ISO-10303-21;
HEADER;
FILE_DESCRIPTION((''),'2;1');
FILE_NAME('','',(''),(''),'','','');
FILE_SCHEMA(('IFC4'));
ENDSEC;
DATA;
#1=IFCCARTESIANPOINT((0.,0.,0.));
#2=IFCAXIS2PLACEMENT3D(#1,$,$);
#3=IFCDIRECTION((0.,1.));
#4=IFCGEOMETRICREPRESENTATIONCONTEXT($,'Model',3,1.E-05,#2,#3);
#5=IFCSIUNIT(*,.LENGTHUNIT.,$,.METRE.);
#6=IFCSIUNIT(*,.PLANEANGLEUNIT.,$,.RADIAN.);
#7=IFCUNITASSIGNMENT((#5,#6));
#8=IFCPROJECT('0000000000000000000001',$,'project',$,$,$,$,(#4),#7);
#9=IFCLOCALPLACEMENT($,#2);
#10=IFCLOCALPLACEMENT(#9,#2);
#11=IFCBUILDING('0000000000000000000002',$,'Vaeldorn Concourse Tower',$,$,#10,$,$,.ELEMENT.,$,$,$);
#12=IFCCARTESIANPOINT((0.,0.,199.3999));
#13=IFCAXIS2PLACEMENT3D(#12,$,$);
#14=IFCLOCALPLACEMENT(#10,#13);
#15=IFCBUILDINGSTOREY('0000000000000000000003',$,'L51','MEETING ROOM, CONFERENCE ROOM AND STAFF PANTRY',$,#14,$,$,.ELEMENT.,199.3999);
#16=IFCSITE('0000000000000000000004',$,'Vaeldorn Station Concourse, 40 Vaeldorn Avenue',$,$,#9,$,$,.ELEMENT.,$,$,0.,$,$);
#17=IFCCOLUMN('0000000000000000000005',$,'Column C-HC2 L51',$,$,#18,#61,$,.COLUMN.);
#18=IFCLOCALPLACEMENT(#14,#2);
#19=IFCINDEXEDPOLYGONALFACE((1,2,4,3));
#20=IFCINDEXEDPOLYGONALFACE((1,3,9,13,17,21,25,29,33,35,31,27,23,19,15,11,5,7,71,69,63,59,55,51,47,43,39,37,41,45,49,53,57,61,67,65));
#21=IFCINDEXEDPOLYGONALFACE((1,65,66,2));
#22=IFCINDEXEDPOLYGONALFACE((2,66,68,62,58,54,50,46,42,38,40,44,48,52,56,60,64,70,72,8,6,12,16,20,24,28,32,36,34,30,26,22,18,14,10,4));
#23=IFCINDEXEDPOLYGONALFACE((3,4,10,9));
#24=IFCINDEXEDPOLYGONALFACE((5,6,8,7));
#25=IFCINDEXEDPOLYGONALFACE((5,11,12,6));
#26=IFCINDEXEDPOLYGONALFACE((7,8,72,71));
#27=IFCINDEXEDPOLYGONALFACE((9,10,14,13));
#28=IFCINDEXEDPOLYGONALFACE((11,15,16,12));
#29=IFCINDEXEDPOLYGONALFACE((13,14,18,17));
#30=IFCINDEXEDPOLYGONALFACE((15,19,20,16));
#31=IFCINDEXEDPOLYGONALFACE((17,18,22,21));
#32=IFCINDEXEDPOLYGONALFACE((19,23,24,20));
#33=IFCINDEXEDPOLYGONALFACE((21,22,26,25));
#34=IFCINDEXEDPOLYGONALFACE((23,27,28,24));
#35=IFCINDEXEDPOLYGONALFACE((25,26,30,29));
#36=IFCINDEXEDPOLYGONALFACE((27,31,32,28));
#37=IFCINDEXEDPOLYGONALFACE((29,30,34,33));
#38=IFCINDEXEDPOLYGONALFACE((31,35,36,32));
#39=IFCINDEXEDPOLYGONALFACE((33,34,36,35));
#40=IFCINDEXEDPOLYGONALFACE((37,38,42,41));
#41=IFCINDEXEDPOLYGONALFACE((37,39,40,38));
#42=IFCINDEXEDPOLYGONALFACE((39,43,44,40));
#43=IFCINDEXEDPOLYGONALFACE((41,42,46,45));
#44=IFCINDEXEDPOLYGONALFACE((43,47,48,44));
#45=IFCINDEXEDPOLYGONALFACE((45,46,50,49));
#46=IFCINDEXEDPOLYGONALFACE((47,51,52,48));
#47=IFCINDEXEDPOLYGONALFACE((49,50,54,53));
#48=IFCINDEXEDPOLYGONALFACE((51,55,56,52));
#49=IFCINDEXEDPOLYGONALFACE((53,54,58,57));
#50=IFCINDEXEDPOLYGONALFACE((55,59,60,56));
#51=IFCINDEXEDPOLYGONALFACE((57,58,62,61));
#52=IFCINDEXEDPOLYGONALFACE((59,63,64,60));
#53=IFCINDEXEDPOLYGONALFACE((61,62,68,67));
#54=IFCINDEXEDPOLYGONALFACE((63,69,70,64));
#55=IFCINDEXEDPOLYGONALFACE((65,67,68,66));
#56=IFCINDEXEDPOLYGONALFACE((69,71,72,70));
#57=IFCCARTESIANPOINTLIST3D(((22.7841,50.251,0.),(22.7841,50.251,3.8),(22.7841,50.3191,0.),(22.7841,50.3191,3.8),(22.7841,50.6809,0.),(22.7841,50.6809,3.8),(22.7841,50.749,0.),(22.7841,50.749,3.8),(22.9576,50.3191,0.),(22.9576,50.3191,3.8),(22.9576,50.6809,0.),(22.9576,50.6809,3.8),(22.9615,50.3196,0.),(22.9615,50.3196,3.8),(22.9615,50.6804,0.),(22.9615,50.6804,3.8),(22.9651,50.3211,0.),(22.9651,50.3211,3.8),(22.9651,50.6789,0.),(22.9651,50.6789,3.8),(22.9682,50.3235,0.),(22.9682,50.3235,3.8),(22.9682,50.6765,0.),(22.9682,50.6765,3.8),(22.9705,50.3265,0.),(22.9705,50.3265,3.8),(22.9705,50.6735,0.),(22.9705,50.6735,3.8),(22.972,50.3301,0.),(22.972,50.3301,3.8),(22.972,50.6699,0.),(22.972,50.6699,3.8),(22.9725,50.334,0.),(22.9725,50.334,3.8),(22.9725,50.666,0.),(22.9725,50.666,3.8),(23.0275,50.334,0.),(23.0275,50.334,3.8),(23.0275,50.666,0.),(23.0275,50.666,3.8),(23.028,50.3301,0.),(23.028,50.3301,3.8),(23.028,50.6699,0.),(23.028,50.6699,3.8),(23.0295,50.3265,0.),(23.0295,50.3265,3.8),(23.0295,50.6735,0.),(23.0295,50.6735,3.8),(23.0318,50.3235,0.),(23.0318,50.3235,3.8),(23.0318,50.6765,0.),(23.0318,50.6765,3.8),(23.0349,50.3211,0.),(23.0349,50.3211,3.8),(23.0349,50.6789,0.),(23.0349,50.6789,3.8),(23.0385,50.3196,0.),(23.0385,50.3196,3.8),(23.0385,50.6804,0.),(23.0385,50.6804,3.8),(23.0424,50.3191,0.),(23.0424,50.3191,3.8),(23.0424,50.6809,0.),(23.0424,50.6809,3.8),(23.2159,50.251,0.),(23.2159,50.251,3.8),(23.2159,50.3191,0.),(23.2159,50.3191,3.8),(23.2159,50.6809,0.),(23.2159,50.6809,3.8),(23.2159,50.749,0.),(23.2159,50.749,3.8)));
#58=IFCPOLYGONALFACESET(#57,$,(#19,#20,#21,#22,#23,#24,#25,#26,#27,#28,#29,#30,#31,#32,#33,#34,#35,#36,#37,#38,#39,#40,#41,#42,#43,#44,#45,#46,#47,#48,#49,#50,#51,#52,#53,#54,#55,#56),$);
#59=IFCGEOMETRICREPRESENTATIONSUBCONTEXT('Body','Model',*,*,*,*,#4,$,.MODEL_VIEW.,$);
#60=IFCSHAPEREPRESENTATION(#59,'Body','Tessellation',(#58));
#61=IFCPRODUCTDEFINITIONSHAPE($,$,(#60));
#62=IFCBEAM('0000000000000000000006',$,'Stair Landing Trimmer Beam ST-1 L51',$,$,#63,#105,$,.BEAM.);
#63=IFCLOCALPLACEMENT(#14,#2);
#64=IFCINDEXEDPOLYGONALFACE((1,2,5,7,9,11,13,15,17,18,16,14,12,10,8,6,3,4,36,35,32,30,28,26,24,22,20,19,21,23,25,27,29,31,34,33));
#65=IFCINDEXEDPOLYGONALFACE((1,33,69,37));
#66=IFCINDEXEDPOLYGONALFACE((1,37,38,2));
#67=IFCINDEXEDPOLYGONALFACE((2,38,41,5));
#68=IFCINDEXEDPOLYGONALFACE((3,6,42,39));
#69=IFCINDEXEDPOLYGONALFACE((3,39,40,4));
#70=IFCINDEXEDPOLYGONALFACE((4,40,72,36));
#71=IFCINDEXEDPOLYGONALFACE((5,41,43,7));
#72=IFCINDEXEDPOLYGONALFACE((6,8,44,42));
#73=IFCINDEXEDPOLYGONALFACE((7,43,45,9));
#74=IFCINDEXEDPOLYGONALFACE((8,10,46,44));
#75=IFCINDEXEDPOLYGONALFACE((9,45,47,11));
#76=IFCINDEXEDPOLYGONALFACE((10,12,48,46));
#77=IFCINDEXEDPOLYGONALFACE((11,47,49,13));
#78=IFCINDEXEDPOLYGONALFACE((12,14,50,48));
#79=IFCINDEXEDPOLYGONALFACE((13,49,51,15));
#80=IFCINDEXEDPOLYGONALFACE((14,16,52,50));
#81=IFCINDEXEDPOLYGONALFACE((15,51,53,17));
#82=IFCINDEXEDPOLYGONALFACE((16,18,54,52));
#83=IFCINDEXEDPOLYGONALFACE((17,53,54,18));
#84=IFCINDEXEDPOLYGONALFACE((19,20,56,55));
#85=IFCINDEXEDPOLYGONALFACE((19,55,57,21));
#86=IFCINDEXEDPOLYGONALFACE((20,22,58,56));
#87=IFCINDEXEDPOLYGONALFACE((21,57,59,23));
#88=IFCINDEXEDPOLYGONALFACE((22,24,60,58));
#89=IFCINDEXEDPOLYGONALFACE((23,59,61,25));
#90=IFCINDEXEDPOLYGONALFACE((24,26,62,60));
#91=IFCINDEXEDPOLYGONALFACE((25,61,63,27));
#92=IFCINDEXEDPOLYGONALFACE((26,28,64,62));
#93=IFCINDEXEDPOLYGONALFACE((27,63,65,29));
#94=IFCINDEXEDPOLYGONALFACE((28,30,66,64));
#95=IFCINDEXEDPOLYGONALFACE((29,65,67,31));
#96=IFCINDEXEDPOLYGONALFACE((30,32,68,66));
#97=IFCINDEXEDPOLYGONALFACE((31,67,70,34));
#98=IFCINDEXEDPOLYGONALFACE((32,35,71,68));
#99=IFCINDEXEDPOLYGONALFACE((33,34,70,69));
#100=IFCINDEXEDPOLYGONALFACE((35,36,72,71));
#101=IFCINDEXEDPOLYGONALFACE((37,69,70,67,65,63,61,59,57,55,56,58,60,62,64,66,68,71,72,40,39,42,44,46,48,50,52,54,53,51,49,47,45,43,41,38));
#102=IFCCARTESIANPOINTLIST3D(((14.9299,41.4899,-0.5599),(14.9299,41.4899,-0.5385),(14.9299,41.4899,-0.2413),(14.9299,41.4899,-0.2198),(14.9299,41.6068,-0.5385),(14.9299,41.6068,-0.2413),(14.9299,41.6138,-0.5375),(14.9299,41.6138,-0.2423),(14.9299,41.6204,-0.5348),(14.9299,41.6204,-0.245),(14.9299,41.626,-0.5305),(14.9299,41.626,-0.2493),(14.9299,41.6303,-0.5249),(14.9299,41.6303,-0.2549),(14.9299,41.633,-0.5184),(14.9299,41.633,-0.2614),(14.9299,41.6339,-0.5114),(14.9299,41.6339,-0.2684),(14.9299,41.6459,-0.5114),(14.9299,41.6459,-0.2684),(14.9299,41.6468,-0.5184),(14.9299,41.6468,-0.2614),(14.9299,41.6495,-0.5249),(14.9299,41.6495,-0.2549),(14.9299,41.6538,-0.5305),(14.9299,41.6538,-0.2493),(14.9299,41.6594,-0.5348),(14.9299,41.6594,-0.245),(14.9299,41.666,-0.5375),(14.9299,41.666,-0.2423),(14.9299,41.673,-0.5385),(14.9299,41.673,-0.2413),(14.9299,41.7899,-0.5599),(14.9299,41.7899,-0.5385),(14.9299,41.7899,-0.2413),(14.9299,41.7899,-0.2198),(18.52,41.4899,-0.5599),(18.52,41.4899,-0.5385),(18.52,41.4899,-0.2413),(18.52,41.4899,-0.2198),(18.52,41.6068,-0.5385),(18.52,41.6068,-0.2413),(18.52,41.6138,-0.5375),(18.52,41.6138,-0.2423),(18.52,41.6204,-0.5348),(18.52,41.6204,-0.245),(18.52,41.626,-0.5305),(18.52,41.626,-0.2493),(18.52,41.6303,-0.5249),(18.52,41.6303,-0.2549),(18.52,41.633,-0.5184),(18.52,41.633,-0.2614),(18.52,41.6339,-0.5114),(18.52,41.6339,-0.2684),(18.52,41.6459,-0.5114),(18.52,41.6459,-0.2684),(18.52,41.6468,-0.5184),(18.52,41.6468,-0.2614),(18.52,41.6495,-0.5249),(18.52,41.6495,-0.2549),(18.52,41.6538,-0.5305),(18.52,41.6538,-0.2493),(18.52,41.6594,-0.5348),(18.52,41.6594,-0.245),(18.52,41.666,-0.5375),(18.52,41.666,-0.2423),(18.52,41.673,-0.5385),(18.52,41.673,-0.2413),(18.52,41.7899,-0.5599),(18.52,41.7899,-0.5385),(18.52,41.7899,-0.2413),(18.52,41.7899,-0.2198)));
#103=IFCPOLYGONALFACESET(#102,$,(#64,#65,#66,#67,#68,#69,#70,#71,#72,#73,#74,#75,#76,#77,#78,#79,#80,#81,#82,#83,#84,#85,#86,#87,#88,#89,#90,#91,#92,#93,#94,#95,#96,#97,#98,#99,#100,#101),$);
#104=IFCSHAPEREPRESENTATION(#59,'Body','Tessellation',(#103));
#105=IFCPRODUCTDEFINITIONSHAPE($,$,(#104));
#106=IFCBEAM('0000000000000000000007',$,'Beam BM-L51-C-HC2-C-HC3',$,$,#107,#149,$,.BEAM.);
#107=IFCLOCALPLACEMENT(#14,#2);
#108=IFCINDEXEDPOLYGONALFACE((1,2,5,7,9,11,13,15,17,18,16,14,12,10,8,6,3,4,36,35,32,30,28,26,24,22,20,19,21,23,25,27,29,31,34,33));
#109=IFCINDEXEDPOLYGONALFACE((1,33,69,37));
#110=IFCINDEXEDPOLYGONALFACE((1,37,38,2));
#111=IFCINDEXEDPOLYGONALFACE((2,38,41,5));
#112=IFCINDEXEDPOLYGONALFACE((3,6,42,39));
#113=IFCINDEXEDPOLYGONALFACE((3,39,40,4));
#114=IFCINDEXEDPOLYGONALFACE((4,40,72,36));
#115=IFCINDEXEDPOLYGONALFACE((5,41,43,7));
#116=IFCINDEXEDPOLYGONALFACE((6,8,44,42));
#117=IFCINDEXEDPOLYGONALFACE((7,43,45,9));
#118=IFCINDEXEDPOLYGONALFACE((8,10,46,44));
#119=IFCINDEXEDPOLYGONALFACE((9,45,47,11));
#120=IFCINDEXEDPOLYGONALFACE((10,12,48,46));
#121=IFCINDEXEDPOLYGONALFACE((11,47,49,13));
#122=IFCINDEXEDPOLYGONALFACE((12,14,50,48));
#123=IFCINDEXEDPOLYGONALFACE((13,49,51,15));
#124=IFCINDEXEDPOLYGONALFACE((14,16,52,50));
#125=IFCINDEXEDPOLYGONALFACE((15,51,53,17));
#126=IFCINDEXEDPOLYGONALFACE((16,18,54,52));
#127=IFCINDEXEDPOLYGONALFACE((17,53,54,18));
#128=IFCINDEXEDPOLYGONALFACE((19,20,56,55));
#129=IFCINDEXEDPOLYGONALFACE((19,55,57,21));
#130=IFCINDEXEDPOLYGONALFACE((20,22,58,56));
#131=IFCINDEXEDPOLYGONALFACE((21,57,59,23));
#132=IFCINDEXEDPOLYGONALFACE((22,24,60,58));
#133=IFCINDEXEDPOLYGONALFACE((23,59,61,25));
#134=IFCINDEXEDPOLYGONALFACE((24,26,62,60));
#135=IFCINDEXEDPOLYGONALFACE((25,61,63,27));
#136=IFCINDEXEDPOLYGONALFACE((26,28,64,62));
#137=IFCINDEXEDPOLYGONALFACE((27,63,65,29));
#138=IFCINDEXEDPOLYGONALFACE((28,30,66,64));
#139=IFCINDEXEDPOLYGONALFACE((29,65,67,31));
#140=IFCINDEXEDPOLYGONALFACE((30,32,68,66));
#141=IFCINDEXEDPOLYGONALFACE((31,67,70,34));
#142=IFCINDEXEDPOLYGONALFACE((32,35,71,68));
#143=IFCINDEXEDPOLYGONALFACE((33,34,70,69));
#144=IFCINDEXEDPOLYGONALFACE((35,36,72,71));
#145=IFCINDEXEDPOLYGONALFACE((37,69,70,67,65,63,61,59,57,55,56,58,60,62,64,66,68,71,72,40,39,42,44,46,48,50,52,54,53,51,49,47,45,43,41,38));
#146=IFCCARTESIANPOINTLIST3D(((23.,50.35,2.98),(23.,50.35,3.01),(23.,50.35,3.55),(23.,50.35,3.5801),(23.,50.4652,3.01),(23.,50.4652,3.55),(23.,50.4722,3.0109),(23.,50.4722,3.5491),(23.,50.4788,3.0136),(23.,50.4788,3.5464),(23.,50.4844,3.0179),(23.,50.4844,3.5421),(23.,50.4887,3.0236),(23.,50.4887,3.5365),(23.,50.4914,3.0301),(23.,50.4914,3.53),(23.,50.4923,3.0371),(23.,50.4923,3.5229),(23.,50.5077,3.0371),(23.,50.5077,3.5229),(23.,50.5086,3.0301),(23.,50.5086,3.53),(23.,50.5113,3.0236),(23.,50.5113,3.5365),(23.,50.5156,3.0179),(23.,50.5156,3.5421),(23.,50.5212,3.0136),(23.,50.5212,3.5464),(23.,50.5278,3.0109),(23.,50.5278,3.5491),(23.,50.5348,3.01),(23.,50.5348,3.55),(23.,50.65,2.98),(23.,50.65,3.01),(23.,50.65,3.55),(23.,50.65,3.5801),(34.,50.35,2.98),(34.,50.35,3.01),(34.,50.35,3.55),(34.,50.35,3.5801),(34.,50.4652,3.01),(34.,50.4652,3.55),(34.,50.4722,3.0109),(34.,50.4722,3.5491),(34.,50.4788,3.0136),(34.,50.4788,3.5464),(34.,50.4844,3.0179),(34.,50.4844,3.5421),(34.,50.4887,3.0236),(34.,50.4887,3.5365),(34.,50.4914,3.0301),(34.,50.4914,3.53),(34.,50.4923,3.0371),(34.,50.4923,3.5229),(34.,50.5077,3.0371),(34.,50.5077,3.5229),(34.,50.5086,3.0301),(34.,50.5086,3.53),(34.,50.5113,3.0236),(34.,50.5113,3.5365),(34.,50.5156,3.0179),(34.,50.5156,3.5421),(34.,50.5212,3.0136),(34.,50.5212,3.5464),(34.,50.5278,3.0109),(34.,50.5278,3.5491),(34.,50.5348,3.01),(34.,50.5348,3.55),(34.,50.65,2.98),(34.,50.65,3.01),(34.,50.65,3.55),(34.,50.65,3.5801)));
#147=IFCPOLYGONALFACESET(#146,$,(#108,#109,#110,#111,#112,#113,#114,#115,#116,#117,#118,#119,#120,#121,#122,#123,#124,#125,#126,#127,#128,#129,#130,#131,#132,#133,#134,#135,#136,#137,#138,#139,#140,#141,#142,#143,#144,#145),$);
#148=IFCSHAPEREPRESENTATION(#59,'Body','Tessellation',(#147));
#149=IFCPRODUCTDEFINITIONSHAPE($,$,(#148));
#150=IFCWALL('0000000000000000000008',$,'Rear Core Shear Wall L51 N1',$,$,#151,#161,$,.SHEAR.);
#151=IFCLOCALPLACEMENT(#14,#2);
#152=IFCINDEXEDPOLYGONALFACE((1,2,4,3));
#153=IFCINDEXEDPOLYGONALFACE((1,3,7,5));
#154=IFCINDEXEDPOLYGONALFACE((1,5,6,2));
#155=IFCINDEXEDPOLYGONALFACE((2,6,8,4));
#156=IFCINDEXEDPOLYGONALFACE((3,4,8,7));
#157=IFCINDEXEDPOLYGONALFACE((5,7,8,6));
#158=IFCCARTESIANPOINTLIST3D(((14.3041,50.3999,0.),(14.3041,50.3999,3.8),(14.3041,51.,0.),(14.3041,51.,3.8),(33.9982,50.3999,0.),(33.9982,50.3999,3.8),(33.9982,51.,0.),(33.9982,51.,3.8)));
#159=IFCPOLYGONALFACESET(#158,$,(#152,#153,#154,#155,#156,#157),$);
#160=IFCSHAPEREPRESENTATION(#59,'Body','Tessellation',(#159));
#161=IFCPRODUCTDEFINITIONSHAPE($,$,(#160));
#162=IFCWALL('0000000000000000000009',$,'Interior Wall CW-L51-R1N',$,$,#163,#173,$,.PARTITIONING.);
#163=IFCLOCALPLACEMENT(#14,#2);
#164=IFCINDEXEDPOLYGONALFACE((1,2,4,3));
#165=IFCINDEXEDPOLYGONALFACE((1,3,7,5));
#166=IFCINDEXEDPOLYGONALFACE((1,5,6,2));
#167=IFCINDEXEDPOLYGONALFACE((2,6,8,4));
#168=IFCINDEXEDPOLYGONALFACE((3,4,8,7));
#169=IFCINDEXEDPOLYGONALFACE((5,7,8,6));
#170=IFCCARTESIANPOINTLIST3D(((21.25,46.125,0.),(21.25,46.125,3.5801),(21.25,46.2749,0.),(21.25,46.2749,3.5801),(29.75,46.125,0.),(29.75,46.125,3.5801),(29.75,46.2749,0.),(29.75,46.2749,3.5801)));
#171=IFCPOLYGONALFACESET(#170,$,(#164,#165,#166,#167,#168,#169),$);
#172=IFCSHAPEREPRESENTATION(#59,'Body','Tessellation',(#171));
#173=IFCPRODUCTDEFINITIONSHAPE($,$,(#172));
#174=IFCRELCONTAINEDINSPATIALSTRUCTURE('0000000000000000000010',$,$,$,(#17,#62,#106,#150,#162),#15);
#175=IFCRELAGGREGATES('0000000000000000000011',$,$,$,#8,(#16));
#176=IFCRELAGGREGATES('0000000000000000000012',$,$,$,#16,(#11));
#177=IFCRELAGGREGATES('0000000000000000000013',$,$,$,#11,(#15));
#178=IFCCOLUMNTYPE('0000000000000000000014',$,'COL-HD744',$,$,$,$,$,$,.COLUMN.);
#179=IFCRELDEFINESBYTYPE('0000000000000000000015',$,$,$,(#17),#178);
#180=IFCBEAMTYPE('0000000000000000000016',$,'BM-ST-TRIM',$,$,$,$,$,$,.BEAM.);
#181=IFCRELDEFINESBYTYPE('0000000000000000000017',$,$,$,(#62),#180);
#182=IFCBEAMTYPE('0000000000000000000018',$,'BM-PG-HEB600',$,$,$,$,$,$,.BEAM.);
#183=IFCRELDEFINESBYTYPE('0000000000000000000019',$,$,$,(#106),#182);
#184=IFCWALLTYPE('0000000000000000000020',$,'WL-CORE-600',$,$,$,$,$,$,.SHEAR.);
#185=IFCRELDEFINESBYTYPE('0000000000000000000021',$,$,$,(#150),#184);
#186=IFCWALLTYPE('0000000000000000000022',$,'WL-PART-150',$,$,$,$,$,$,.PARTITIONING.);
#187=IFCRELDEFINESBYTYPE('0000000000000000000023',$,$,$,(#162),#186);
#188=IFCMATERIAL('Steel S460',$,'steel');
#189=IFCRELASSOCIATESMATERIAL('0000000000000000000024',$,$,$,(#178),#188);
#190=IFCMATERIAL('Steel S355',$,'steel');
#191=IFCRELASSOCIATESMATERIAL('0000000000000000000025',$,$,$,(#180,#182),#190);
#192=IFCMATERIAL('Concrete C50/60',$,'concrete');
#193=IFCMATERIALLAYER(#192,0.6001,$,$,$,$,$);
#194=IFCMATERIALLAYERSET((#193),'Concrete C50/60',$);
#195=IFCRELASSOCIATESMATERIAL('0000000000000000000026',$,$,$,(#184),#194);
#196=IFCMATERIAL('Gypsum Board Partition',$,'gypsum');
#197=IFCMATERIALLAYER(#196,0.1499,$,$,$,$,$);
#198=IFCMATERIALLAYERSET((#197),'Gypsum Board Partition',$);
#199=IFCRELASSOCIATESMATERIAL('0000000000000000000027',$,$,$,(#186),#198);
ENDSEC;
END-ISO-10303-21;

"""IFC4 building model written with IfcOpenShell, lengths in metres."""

from ifc_helpers import new_model, si_unit, direction, frame, frame_2d, origin, origin_2d, place, context, subcontext, project, spatial, rectangle, i_section, extrude, source, transform, mapped, material, layer, layer_set, material_profile, profile_set, type_object, element, save


model = new_model("IFC4")

# Units and contexts
model_context = context("Model", 3, precision=1e-05, world=origin(), true_north=direction((0.0, 1.0)))
body_context = subcontext(model_context, "Body", "Model", "MODEL_VIEW")
ifc_project = project(units=[si_unit("LENGTHUNIT", "METRE"), si_unit("PLANEANGLEUNIT", "RADIAN")], contexts=[model_context])

# Site, building, storey
site_placement = place(None, origin())
site = spatial("IfcSite", under=ifc_project, at=site_placement, Name="Vaeldorn Station Concourse, 40 Vaeldorn Avenue", CompositionType="ELEMENT", RefElevation=0.0)
building_placement = place(site_placement, origin())
building = spatial("IfcBuilding", under=site, at=building_placement, Name="Vaeldorn Concourse Tower", CompositionType="ELEMENT")
storey_placement = place(building_placement, frame((0.0, 0.0, 199.3999)))
storey = spatial("IfcBuildingStorey", under=building, at=storey_placement, Name="L51", Description="MEETING ROOM, CONFERENCE ROOM AND STAFF PANTRY", CompositionType="ELEMENT", Elevation=199.3999)

# Column
ifc_material_1 = material(Name="Steel S460", Category="steel")
ifc_material_profile_1 = material_profile(ifc_material_1, i_section(OverallWidth=0.4319, OverallDepth=0.498, WebThickness=0.0549, FlangeThickness=0.0681, FilletRadius=0.0149, at=origin_2d()), Name="HD 400x744")
ifc_profile_set_1 = profile_set([ifc_material_profile_1], Name="Steel S460")
column_type = type_object("IfcColumnType", Name="COL-HD744", PredefinedType="COLUMN", material=ifc_profile_set_1)
shared_shape_1 = source(origin(), body_context, "Body", "SweptSolid", [
    extrude(i_section(OverallWidth=0.4319, OverallDepth=0.498, WebThickness=0.0549, FlangeThickness=0.0681, FilletRadius=0.0149, at=origin_2d()), origin(), (0.0, 0.0, 1.0), 3.8),
])
column_placement = place(storey_placement, frame((23.0, 50.5, 0.0), z_axis=(0.0, 0.0, 1.0), x_axis=(1.0, 0.0, 0.0)))
element("IfcColumn", 1, at=column_placement, inside=storey, type_object=column_type, Name="Column C-HC2 L51", PredefinedType="COLUMN", context=body_context, shape_type="MappedRepresentation", body=[
    mapped(shared_shape_1, transform((0.0, 0.0, 0.0), scale=1.0)),
])

# Beams
ifc_material_2 = material(Name="Steel S355", Category="steel")
ifc_material_profile_2 = material_profile(ifc_material_2, i_section(OverallWidth=0.3, OverallDepth=0.3401, WebThickness=0.012, FlangeThickness=0.0215, FilletRadius=0.0271, at=origin_2d()), Name="HEB 340")
ifc_profile_set_2 = profile_set([ifc_material_profile_2], Name="Steel S355")
beam_type_1 = type_object("IfcBeamType", Name="BM-ST-TRIM", PredefinedType="BEAM", material=ifc_profile_set_2)
shared_shape_2 = source(origin(), body_context, "Body", "SweptSolid", [
    extrude(i_section(OverallWidth=0.3, OverallDepth=0.3401, WebThickness=0.012, FlangeThickness=0.0215, FilletRadius=0.0271, at=origin_2d()), origin(), (0.0, 0.0, 1.0), 3.5901),
])
beam_1_placement = place(storey_placement, frame((14.9299, 41.6399, -0.3899), z_axis=(1.0, 0.0, 0.0), x_axis=(0.0, 1.0, 0.0)))
element("IfcBeam", 2, at=beam_1_placement, inside=storey, type_object=beam_type_1, Name="Stair Landing Trimmer Beam ST-1 L51", PredefinedType="BEAM", context=body_context, shape_type="MappedRepresentation", body=[
    mapped(shared_shape_2, transform((0.0, 0.0, 0.0), scale=1.0)),
])
ifc_material_profile_3 = material_profile(ifc_material_2, i_section(OverallWidth=0.3, OverallDepth=0.6001, WebThickness=0.0154, FlangeThickness=0.03, FilletRadius=0.0271, at=origin_2d()), Name="HEB 600")
ifc_profile_set_3 = profile_set([ifc_material_profile_3], Name="Steel S355")
beam_type_2 = type_object("IfcBeamType", Name="BM-PG-HEB600", PredefinedType="BEAM", material=ifc_profile_set_3)
shared_shape_3 = source(origin(), body_context, "Body", "SweptSolid", [
    extrude(i_section(OverallWidth=0.3, OverallDepth=0.6001, WebThickness=0.0154, FlangeThickness=0.03, FilletRadius=0.0271, at=origin_2d()), origin(), (0.0, 0.0, 1.0), 11.0),
])
beam_2_placement = place(storey_placement, frame((23.0, 50.5, 3.28), z_axis=(1.0, 0.0, 0.0), x_axis=(0.0, 1.0, 0.0)))
element("IfcBeam", 3, at=beam_2_placement, inside=storey, type_object=beam_type_2, Name="Beam BM-L51-C-HC2-C-HC3", PredefinedType="BEAM", context=body_context, shape_type="MappedRepresentation", body=[
    mapped(shared_shape_3, transform((0.0, 0.0, 0.0), scale=1.0)),
])

# Walls
ifc_material_3 = material(Name="Concrete C50/60", Category="concrete")
ifc_layer_1 = layer(ifc_material_3, 0.6001)
ifc_layer_set_1 = layer_set([ifc_layer_1], Name="Concrete C50/60")
wall_type_1 = type_object("IfcWallType", Name="WL-CORE-600", PredefinedType="SHEAR", material=ifc_layer_set_1)
wall_1_placement = place(storey_placement, frame((14.304, 50.7, 0.0), z_axis=(0.0, 0.0, 1.0), x_axis=(1.0, 0.0, 0.0)))
element("IfcWall", 4, at=wall_1_placement, inside=storey, type_object=wall_type_1, Name="Rear Core Shear Wall L51 N1", PredefinedType="SHEAR", context=body_context, shape_type="SweptSolid", body=[
    extrude(rectangle(XDim=19.6941, YDim=0.6001, at=frame_2d((9.8472, 0.0))), origin(), (0.0, 0.0, 1.0), 3.8),
])
ifc_material_4 = material(Name="Gypsum Board Partition", Category="gypsum")
ifc_layer_2 = layer(ifc_material_4, 0.1499)
ifc_layer_set_2 = layer_set([ifc_layer_2], Name="Gypsum Board Partition")
wall_type_2 = type_object("IfcWallType", Name="WL-PART-150", PredefinedType="PARTITIONING", material=ifc_layer_set_2)
wall_2_placement = place(storey_placement, frame((21.25, 46.2, 0.0), z_axis=(0.0, 0.0, 1.0), x_axis=(1.0, 0.0, 0.0)))
element("IfcWall", 5, at=wall_2_placement, inside=storey, type_object=wall_type_2, Name="Interior Wall CW-L51-R1N", PredefinedType="PARTITIONING", context=body_context, shape_type="SweptSolid", body=[
    extrude(rectangle(XDim=8.5, YDim=0.1499, at=frame_2d((4.25, 0.0))), origin(), (0.0, 0.0, 1.0), 3.5801),
])

save(model, "model.ifc")
